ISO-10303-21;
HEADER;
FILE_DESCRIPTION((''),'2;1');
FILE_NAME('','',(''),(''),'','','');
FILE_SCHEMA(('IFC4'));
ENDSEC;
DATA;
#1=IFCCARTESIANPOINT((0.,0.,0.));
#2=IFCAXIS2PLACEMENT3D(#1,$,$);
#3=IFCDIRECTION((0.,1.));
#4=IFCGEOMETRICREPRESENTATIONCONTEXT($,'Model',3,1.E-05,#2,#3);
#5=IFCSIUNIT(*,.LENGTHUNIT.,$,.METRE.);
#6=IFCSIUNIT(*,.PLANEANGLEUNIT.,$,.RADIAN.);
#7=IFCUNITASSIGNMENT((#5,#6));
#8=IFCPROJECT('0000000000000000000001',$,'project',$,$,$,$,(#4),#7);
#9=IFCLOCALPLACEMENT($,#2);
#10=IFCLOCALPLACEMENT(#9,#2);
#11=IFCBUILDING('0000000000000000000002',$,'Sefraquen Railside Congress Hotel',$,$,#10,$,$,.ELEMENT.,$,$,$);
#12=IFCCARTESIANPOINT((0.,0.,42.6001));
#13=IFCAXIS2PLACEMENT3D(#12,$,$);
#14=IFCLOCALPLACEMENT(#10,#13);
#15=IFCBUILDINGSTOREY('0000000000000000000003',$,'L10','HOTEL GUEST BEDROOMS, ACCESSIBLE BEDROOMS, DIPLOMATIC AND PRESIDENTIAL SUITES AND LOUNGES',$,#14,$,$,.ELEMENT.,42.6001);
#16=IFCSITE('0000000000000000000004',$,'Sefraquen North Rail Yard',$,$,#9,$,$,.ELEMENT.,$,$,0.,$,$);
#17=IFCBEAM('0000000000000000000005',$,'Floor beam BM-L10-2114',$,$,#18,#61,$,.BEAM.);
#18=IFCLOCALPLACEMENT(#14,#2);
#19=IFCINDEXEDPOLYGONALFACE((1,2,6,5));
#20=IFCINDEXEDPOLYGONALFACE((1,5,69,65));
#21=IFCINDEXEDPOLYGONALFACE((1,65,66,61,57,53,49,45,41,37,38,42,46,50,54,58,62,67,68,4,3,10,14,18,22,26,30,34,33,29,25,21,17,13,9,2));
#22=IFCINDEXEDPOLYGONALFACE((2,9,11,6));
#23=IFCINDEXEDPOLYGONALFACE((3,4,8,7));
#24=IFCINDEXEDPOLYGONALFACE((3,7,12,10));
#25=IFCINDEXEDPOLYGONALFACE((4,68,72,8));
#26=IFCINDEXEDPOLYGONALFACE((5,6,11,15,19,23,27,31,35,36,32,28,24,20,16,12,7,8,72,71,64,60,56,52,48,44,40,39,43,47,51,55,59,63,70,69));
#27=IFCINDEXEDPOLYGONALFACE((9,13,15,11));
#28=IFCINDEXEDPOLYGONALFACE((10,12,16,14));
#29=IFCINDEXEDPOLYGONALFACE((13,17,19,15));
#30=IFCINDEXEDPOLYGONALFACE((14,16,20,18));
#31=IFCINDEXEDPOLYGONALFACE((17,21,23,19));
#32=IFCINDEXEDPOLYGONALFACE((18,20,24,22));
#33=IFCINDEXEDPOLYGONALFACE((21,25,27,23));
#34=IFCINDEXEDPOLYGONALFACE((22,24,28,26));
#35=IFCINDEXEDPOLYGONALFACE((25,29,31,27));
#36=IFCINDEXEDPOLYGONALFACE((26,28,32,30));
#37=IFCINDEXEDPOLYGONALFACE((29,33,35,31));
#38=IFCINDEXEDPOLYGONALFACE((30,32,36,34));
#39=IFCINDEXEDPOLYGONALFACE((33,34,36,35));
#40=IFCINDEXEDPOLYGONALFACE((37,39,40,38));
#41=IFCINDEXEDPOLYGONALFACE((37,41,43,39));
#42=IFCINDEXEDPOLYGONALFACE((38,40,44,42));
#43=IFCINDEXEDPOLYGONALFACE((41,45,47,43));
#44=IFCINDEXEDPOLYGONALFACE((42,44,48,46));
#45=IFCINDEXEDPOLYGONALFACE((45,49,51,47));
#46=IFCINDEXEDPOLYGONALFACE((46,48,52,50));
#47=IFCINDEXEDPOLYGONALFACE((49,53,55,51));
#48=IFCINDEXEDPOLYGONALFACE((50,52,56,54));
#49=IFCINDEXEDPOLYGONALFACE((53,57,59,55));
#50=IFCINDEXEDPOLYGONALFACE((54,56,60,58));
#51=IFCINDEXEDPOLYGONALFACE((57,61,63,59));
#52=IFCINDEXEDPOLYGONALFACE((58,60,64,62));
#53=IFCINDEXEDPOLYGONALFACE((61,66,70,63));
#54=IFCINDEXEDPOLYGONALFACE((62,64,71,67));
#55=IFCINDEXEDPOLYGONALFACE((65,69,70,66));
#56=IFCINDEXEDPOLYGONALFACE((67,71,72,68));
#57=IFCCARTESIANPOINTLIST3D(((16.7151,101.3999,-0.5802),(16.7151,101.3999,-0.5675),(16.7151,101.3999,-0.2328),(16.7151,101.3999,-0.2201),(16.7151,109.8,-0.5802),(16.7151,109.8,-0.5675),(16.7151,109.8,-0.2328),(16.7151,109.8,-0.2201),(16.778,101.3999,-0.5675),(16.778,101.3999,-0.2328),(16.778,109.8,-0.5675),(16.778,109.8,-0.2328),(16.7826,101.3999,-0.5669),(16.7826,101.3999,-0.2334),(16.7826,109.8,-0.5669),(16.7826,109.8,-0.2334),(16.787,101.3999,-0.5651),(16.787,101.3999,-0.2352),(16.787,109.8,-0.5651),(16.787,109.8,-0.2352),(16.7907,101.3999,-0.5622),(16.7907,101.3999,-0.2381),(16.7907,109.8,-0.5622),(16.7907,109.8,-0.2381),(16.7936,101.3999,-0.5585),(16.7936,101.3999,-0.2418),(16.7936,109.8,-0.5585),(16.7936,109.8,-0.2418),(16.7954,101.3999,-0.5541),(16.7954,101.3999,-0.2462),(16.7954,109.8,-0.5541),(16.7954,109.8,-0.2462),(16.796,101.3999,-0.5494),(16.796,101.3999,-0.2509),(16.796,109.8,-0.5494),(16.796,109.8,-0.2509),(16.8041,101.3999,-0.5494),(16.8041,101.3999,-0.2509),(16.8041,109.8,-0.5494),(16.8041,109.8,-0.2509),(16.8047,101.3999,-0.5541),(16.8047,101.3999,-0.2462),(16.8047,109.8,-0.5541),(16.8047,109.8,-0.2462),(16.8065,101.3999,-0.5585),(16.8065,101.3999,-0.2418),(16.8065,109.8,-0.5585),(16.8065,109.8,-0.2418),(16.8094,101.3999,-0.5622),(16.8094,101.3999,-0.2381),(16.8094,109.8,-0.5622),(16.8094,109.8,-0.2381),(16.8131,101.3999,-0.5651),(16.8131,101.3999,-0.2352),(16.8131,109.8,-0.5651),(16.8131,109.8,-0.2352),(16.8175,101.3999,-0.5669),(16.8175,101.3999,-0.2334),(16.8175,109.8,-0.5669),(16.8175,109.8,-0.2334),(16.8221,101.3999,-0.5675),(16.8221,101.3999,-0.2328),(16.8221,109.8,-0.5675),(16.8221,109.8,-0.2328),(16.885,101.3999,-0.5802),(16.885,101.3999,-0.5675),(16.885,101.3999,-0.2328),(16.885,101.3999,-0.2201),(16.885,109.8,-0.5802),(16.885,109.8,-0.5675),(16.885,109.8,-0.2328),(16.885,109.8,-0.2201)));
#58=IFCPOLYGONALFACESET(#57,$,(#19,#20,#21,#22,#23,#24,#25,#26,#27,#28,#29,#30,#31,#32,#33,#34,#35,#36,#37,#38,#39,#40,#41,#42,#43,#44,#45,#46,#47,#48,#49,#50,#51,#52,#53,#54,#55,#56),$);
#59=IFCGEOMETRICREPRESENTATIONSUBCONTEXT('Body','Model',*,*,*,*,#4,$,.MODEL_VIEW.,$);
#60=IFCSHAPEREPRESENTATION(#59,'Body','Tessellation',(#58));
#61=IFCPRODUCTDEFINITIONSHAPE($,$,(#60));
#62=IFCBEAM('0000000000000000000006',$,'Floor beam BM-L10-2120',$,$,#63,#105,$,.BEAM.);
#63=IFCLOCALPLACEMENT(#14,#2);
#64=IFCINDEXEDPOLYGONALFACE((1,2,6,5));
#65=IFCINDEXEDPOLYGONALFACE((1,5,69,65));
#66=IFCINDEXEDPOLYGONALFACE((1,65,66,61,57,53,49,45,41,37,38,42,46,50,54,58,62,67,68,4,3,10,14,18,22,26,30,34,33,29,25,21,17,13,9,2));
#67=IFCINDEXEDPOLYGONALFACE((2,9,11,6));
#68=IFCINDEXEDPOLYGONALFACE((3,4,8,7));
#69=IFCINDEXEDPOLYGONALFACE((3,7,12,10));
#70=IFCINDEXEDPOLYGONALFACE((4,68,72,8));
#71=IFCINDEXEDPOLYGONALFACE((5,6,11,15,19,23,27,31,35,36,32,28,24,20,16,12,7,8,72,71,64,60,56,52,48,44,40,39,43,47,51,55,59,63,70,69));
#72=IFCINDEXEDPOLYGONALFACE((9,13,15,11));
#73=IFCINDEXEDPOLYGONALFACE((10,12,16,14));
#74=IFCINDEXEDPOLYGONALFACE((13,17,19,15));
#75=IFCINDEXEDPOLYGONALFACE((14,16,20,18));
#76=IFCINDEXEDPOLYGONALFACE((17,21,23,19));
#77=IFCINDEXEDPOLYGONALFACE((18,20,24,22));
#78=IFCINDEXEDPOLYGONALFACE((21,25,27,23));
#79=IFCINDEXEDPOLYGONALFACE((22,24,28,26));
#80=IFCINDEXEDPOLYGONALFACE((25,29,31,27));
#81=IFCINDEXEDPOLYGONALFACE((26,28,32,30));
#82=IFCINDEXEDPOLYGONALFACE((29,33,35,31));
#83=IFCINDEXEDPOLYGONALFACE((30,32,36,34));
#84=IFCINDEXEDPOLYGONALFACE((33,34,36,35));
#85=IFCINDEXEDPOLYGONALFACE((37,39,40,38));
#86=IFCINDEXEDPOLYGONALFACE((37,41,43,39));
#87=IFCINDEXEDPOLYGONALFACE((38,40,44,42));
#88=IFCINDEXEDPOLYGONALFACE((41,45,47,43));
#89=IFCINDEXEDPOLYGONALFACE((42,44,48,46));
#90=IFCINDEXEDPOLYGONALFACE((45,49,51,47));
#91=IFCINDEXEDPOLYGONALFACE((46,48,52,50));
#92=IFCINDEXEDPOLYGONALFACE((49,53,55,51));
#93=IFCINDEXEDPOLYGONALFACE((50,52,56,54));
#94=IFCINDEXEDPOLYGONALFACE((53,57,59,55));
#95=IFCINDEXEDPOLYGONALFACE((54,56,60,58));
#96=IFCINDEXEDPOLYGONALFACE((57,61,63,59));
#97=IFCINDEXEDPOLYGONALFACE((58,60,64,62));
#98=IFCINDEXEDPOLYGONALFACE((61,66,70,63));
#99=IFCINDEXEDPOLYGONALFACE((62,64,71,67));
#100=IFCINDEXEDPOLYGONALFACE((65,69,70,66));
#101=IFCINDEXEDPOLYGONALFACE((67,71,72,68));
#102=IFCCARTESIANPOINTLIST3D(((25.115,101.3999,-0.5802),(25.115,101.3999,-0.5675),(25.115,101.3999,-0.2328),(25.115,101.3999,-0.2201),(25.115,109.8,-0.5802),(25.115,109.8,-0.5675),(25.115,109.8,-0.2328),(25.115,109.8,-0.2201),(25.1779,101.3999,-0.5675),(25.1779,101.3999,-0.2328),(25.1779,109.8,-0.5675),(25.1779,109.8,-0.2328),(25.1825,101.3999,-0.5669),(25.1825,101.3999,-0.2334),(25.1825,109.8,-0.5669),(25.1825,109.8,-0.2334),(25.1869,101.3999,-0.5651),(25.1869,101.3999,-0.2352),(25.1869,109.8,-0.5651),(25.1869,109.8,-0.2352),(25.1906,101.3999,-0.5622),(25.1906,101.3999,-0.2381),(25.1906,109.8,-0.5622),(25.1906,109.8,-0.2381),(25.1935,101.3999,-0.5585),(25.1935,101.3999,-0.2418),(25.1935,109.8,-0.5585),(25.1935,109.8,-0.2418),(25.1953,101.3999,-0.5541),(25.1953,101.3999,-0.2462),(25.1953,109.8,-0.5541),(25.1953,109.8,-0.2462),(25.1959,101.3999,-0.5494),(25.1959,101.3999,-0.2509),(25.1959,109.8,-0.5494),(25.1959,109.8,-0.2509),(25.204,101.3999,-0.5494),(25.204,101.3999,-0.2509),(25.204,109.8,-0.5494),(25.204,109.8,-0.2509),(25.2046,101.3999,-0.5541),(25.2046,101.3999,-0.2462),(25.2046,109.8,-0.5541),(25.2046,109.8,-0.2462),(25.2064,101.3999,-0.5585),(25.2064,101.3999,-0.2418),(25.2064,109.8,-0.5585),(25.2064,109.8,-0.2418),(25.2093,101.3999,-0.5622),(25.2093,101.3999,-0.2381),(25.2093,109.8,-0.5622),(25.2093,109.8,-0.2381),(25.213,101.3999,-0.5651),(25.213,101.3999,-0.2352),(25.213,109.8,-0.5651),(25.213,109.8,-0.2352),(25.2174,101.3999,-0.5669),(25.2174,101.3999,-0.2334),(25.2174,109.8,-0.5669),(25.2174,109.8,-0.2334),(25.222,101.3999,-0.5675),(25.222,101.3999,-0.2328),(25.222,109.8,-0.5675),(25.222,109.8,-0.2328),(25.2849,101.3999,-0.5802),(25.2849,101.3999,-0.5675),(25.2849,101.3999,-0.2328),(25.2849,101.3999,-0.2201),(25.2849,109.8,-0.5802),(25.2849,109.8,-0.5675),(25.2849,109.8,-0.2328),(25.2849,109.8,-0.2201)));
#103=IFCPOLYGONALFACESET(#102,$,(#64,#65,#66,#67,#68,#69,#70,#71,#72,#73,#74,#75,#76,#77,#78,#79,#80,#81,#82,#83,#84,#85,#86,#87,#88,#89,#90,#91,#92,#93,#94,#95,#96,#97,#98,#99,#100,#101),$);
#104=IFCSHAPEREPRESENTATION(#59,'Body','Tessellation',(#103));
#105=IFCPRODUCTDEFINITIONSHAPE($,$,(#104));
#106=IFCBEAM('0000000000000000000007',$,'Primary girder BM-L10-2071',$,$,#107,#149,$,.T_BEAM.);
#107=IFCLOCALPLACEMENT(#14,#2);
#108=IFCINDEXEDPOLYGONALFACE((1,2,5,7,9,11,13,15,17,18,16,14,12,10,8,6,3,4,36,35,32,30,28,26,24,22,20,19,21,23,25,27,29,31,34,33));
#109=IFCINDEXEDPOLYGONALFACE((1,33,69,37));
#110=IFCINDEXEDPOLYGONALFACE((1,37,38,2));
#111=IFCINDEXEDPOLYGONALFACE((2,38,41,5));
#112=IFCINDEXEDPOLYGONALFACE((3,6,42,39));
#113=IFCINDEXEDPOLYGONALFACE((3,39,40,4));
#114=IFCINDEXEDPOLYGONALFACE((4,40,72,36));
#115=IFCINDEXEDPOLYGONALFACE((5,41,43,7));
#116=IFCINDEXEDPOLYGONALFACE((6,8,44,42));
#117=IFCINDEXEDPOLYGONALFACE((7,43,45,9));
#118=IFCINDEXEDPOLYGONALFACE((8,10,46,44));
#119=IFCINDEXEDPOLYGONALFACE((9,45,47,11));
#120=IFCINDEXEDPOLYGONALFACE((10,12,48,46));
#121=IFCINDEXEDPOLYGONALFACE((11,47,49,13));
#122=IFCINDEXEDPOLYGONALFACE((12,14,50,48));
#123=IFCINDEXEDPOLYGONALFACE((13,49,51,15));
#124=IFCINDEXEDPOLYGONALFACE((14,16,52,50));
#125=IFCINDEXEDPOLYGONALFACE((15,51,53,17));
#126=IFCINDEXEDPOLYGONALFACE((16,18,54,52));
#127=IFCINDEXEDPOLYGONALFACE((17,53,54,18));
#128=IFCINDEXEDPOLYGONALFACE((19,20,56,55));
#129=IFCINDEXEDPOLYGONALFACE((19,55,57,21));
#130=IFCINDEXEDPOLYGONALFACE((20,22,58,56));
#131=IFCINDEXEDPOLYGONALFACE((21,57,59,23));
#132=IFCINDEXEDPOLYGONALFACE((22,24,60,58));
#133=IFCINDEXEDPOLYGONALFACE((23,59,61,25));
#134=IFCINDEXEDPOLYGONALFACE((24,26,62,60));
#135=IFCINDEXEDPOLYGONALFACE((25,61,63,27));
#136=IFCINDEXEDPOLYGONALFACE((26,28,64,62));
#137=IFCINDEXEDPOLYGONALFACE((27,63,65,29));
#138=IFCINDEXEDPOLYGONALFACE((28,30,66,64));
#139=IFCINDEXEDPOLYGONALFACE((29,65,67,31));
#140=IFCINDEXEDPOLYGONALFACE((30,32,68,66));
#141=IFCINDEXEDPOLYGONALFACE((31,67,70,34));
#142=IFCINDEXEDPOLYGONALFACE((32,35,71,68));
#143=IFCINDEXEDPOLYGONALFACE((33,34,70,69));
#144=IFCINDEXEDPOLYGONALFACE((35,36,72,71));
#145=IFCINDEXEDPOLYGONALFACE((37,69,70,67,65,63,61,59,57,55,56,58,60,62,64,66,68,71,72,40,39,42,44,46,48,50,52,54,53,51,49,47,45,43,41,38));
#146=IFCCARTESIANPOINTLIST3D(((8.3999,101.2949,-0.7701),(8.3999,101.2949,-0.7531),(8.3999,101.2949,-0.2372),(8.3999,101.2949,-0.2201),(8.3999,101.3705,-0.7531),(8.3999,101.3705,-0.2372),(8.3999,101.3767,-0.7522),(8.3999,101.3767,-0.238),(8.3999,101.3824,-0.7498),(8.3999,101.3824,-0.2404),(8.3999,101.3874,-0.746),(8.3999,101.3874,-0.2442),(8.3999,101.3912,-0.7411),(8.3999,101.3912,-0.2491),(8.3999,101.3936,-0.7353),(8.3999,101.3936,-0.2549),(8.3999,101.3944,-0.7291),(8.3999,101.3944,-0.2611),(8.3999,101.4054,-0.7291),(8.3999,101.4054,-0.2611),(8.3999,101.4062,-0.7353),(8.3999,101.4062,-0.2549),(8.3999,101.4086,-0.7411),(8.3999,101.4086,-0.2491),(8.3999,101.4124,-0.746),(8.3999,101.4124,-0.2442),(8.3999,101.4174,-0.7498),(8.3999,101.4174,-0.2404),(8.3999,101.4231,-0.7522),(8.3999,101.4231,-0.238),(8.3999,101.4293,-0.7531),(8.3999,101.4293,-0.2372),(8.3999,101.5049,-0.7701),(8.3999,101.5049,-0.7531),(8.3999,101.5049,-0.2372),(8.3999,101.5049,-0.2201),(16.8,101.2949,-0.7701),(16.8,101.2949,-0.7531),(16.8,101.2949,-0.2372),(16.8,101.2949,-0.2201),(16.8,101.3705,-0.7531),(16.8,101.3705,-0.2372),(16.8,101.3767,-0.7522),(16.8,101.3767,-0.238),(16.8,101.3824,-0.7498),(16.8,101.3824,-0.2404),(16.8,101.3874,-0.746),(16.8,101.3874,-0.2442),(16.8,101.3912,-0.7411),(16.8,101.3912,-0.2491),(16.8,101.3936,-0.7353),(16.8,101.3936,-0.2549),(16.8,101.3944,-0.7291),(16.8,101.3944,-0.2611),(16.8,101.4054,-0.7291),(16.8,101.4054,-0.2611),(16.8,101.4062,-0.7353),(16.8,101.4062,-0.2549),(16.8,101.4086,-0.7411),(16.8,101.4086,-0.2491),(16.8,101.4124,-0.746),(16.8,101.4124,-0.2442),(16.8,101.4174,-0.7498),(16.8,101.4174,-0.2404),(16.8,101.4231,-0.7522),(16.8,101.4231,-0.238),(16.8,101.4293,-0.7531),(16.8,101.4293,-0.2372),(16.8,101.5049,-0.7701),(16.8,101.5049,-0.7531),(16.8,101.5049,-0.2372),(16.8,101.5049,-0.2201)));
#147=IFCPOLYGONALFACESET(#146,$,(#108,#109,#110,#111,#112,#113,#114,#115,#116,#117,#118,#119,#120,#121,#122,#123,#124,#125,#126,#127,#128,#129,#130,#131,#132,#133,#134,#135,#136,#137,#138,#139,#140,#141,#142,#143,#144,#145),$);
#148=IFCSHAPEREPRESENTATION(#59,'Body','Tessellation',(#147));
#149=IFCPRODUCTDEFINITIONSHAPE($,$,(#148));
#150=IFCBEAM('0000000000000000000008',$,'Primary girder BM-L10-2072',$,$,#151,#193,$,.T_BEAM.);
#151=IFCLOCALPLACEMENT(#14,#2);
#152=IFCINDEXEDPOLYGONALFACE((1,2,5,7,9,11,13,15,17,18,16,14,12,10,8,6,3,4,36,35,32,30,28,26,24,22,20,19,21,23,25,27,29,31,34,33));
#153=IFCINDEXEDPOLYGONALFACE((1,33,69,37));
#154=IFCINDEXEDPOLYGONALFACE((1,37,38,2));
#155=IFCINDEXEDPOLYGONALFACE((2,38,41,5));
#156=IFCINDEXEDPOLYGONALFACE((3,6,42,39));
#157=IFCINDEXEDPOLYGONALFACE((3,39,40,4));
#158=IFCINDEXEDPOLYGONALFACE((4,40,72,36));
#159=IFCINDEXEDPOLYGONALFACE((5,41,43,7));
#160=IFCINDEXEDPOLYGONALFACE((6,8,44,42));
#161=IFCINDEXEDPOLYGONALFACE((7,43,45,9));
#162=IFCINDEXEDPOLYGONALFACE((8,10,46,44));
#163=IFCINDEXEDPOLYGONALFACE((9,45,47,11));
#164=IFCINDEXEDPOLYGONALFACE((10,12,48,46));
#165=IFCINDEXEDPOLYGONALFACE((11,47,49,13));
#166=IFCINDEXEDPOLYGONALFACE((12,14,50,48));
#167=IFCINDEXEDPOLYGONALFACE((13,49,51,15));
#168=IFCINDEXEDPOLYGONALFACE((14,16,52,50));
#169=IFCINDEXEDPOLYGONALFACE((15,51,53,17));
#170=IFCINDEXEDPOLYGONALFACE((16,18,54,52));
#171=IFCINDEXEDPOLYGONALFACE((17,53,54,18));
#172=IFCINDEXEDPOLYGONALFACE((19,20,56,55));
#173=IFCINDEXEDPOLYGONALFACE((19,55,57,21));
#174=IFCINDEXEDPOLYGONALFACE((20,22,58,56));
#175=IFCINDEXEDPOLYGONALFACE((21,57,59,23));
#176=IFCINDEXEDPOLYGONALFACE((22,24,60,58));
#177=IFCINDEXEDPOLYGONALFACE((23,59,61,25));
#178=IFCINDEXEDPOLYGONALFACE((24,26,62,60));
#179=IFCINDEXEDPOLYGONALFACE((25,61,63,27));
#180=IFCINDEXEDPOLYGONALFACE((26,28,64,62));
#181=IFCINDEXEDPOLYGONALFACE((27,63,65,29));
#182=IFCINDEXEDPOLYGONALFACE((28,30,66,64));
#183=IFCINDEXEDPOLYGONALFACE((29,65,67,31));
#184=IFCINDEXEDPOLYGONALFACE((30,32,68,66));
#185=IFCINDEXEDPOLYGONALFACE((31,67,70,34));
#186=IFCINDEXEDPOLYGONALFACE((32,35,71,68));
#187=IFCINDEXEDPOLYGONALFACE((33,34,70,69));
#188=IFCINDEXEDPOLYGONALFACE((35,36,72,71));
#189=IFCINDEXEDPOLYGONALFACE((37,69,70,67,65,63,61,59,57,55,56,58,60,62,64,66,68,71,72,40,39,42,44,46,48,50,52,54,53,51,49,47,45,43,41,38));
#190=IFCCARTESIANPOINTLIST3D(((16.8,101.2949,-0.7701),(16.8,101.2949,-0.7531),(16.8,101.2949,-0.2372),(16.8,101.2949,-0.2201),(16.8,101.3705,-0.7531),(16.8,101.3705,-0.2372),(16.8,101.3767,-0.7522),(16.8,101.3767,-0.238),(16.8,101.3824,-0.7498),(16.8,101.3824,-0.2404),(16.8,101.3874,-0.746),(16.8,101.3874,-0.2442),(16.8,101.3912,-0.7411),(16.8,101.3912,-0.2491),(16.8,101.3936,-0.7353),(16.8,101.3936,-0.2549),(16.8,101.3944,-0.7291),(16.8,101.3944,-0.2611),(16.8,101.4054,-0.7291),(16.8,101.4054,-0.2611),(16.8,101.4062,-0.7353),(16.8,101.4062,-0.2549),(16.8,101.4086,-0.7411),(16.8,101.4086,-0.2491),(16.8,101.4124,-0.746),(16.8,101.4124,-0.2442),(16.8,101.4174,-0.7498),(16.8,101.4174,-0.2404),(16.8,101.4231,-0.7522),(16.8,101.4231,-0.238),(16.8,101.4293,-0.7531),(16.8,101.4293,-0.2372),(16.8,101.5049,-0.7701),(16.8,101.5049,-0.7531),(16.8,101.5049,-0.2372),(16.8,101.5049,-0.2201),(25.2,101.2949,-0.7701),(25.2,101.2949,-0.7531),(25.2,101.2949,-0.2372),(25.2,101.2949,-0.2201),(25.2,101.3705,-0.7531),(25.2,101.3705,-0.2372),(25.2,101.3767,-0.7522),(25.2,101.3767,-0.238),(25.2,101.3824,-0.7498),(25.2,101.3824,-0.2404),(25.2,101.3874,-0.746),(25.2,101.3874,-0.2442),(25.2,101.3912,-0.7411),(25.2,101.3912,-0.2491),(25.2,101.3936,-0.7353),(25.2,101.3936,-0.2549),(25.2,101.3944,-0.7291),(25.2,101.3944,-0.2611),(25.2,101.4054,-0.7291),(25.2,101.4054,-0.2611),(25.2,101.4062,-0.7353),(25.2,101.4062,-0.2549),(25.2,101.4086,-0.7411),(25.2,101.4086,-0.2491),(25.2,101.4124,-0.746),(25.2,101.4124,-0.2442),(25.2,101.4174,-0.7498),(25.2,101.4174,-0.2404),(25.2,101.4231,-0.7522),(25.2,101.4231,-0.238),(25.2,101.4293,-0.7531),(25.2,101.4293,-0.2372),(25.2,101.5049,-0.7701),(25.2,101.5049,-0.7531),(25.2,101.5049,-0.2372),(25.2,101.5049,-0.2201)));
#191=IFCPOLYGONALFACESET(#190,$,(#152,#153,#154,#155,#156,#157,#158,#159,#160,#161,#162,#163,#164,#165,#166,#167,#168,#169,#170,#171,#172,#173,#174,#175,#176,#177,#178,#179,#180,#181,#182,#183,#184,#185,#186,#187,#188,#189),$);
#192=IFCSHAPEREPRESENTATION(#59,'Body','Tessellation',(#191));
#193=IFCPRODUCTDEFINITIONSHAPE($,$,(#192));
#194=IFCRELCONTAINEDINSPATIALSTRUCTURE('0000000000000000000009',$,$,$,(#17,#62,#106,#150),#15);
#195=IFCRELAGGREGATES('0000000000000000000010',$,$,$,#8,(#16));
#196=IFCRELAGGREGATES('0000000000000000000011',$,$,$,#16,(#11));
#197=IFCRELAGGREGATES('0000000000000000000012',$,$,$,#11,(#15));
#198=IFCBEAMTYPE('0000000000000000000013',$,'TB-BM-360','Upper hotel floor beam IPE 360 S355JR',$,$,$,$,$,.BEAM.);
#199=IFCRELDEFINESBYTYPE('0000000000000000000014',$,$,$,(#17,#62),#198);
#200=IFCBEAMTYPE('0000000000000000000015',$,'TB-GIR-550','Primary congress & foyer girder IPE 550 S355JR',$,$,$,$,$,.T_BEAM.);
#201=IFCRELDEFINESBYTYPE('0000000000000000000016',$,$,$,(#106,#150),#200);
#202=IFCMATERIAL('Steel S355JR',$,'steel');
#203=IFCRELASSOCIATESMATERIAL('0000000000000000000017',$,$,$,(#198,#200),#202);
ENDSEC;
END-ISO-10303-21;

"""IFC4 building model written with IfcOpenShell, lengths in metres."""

from ifc_helpers import new_model, si_unit, direction, frame, origin, origin_2d, place, context, subcontext, project, spatial, i_section, extrude, material, material_profile, profile_set, type_object, element, save


model = new_model("IFC4")

# Units and contexts
model_context = context("Model", 3, precision=1e-05, world=origin(), true_north=direction((0.0, 1.0)))
body_context = subcontext(model_context, "Body", "Model", "MODEL_VIEW")
ifc_project = project(units=[si_unit("LENGTHUNIT", "METRE"), si_unit("PLANEANGLEUNIT", "RADIAN")], contexts=[model_context])

# Site, building, storey
site_placement = place(None, origin())
site = spatial("IfcSite", under=ifc_project, at=site_placement, Name="Sefraquen North Rail Yard", CompositionType="ELEMENT", RefElevation=0.0)
building_placement = place(site_placement, origin())
building = spatial("IfcBuilding", under=site, at=building_placement, Name="Sefraquen Railside Congress Hotel", CompositionType="ELEMENT")
storey_placement = place(building_placement, frame((0.0, 0.0, 42.6001)))
storey = spatial("IfcBuildingStorey", under=building, at=storey_placement, Name="L10", Description="HOTEL GUEST BEDROOMS, ACCESSIBLE BEDROOMS, DIPLOMATIC AND PRESIDENTIAL SUITES AND LOUNGES", CompositionType="ELEMENT", Elevation=42.6001)

# Shared definitions
ifc_material_1 = material(Name="Steel S355JR", Category="steel")

# Beams
ifc_material_profile_1 = material_profile(ifc_material_1, i_section(OverallWidth=0.1699, OverallDepth=0.3601, WebThickness=0.0081, FlangeThickness=0.0127, FilletRadius=0.0181, at=origin_2d()), Name="IPE 360")
ifc_profile_set_1 = profile_set([ifc_material_profile_1], Name="Steel S355JR")
beam_type_1 = type_object("IfcBeamType", Name="TB-BM-360", Description="Upper hotel floor beam IPE 360 S355JR", PredefinedType="BEAM", material=ifc_profile_set_1)
for number, where, z_axis, x_axis, name in (
    (1, (16.8, 101.3999, -0.4001), (0.0, 1.0, 0.0), (-1.0, 0.0, 0.0), "Floor beam BM-L10-2114"),
    (2, (25.2, 101.3999, -0.4001), (0.0, 1.0, 0.0), (-1.0, 0.0, 0.0), "Floor beam BM-L10-2120"),
):
    element("IfcBeam", number, at=place(storey_placement, frame(where, z_axis=z_axis, x_axis=x_axis)), inside=storey, type_object=beam_type_1, Name=name, PredefinedType="BEAM", context=body_context, shape_type="SweptSolid", body=[
        extrude(i_section(OverallWidth=0.1699, OverallDepth=0.3601, WebThickness=0.0081, FlangeThickness=0.0127, FilletRadius=0.0181, at=origin_2d()), origin(), (0.0, 0.0, 1.0), 8.4001),
    ])
ifc_material_profile_2 = material_profile(ifc_material_1, i_section(OverallWidth=0.21, OverallDepth=0.55, WebThickness=0.011, FlangeThickness=0.0171, FilletRadius=0.0239, at=origin_2d()), Name="IPE 550")
ifc_profile_set_2 = profile_set([ifc_material_profile_2], Name="Steel S355JR")
beam_type_2 = type_object("IfcBeamType", Name="TB-GIR-550", Description="Primary congress & foyer girder IPE 550 S355JR", PredefinedType="T_BEAM", material=ifc_profile_set_2)
beam_1_placement = place(storey_placement, frame((8.3999, 101.3999, -0.4951), z_axis=(1.0, 0.0, 0.0), x_axis=(0.0, 1.0, 0.0)))
element("IfcBeam", 3, at=beam_1_placement, inside=storey, type_object=beam_type_2, Name="Primary girder BM-L10-2071", PredefinedType="T_BEAM", context=body_context, shape_type="SweptSolid", body=[
    extrude(i_section(OverallWidth=0.21, OverallDepth=0.55, WebThickness=0.011, FlangeThickness=0.0171, FilletRadius=0.0239, at=origin_2d()), origin(), (0.0, 0.0, 1.0), 8.4001),
])
beam_2_placement = place(storey_placement, frame((16.8, 101.3999, -0.4951), z_axis=(1.0, 0.0, 0.0), x_axis=(0.0, 1.0, 0.0)))
element("IfcBeam", 4, at=beam_2_placement, inside=storey, type_object=beam_type_2, Name="Primary girder BM-L10-2072", PredefinedType="T_BEAM", context=body_context, shape_type="SweptSolid", body=[
    extrude(i_section(OverallWidth=0.21, OverallDepth=0.55, WebThickness=0.011, FlangeThickness=0.0171, FilletRadius=0.0239, at=origin_2d()), origin(), (0.0, 0.0, 1.0), 8.3999),
])

save(model, "model.ifc")
